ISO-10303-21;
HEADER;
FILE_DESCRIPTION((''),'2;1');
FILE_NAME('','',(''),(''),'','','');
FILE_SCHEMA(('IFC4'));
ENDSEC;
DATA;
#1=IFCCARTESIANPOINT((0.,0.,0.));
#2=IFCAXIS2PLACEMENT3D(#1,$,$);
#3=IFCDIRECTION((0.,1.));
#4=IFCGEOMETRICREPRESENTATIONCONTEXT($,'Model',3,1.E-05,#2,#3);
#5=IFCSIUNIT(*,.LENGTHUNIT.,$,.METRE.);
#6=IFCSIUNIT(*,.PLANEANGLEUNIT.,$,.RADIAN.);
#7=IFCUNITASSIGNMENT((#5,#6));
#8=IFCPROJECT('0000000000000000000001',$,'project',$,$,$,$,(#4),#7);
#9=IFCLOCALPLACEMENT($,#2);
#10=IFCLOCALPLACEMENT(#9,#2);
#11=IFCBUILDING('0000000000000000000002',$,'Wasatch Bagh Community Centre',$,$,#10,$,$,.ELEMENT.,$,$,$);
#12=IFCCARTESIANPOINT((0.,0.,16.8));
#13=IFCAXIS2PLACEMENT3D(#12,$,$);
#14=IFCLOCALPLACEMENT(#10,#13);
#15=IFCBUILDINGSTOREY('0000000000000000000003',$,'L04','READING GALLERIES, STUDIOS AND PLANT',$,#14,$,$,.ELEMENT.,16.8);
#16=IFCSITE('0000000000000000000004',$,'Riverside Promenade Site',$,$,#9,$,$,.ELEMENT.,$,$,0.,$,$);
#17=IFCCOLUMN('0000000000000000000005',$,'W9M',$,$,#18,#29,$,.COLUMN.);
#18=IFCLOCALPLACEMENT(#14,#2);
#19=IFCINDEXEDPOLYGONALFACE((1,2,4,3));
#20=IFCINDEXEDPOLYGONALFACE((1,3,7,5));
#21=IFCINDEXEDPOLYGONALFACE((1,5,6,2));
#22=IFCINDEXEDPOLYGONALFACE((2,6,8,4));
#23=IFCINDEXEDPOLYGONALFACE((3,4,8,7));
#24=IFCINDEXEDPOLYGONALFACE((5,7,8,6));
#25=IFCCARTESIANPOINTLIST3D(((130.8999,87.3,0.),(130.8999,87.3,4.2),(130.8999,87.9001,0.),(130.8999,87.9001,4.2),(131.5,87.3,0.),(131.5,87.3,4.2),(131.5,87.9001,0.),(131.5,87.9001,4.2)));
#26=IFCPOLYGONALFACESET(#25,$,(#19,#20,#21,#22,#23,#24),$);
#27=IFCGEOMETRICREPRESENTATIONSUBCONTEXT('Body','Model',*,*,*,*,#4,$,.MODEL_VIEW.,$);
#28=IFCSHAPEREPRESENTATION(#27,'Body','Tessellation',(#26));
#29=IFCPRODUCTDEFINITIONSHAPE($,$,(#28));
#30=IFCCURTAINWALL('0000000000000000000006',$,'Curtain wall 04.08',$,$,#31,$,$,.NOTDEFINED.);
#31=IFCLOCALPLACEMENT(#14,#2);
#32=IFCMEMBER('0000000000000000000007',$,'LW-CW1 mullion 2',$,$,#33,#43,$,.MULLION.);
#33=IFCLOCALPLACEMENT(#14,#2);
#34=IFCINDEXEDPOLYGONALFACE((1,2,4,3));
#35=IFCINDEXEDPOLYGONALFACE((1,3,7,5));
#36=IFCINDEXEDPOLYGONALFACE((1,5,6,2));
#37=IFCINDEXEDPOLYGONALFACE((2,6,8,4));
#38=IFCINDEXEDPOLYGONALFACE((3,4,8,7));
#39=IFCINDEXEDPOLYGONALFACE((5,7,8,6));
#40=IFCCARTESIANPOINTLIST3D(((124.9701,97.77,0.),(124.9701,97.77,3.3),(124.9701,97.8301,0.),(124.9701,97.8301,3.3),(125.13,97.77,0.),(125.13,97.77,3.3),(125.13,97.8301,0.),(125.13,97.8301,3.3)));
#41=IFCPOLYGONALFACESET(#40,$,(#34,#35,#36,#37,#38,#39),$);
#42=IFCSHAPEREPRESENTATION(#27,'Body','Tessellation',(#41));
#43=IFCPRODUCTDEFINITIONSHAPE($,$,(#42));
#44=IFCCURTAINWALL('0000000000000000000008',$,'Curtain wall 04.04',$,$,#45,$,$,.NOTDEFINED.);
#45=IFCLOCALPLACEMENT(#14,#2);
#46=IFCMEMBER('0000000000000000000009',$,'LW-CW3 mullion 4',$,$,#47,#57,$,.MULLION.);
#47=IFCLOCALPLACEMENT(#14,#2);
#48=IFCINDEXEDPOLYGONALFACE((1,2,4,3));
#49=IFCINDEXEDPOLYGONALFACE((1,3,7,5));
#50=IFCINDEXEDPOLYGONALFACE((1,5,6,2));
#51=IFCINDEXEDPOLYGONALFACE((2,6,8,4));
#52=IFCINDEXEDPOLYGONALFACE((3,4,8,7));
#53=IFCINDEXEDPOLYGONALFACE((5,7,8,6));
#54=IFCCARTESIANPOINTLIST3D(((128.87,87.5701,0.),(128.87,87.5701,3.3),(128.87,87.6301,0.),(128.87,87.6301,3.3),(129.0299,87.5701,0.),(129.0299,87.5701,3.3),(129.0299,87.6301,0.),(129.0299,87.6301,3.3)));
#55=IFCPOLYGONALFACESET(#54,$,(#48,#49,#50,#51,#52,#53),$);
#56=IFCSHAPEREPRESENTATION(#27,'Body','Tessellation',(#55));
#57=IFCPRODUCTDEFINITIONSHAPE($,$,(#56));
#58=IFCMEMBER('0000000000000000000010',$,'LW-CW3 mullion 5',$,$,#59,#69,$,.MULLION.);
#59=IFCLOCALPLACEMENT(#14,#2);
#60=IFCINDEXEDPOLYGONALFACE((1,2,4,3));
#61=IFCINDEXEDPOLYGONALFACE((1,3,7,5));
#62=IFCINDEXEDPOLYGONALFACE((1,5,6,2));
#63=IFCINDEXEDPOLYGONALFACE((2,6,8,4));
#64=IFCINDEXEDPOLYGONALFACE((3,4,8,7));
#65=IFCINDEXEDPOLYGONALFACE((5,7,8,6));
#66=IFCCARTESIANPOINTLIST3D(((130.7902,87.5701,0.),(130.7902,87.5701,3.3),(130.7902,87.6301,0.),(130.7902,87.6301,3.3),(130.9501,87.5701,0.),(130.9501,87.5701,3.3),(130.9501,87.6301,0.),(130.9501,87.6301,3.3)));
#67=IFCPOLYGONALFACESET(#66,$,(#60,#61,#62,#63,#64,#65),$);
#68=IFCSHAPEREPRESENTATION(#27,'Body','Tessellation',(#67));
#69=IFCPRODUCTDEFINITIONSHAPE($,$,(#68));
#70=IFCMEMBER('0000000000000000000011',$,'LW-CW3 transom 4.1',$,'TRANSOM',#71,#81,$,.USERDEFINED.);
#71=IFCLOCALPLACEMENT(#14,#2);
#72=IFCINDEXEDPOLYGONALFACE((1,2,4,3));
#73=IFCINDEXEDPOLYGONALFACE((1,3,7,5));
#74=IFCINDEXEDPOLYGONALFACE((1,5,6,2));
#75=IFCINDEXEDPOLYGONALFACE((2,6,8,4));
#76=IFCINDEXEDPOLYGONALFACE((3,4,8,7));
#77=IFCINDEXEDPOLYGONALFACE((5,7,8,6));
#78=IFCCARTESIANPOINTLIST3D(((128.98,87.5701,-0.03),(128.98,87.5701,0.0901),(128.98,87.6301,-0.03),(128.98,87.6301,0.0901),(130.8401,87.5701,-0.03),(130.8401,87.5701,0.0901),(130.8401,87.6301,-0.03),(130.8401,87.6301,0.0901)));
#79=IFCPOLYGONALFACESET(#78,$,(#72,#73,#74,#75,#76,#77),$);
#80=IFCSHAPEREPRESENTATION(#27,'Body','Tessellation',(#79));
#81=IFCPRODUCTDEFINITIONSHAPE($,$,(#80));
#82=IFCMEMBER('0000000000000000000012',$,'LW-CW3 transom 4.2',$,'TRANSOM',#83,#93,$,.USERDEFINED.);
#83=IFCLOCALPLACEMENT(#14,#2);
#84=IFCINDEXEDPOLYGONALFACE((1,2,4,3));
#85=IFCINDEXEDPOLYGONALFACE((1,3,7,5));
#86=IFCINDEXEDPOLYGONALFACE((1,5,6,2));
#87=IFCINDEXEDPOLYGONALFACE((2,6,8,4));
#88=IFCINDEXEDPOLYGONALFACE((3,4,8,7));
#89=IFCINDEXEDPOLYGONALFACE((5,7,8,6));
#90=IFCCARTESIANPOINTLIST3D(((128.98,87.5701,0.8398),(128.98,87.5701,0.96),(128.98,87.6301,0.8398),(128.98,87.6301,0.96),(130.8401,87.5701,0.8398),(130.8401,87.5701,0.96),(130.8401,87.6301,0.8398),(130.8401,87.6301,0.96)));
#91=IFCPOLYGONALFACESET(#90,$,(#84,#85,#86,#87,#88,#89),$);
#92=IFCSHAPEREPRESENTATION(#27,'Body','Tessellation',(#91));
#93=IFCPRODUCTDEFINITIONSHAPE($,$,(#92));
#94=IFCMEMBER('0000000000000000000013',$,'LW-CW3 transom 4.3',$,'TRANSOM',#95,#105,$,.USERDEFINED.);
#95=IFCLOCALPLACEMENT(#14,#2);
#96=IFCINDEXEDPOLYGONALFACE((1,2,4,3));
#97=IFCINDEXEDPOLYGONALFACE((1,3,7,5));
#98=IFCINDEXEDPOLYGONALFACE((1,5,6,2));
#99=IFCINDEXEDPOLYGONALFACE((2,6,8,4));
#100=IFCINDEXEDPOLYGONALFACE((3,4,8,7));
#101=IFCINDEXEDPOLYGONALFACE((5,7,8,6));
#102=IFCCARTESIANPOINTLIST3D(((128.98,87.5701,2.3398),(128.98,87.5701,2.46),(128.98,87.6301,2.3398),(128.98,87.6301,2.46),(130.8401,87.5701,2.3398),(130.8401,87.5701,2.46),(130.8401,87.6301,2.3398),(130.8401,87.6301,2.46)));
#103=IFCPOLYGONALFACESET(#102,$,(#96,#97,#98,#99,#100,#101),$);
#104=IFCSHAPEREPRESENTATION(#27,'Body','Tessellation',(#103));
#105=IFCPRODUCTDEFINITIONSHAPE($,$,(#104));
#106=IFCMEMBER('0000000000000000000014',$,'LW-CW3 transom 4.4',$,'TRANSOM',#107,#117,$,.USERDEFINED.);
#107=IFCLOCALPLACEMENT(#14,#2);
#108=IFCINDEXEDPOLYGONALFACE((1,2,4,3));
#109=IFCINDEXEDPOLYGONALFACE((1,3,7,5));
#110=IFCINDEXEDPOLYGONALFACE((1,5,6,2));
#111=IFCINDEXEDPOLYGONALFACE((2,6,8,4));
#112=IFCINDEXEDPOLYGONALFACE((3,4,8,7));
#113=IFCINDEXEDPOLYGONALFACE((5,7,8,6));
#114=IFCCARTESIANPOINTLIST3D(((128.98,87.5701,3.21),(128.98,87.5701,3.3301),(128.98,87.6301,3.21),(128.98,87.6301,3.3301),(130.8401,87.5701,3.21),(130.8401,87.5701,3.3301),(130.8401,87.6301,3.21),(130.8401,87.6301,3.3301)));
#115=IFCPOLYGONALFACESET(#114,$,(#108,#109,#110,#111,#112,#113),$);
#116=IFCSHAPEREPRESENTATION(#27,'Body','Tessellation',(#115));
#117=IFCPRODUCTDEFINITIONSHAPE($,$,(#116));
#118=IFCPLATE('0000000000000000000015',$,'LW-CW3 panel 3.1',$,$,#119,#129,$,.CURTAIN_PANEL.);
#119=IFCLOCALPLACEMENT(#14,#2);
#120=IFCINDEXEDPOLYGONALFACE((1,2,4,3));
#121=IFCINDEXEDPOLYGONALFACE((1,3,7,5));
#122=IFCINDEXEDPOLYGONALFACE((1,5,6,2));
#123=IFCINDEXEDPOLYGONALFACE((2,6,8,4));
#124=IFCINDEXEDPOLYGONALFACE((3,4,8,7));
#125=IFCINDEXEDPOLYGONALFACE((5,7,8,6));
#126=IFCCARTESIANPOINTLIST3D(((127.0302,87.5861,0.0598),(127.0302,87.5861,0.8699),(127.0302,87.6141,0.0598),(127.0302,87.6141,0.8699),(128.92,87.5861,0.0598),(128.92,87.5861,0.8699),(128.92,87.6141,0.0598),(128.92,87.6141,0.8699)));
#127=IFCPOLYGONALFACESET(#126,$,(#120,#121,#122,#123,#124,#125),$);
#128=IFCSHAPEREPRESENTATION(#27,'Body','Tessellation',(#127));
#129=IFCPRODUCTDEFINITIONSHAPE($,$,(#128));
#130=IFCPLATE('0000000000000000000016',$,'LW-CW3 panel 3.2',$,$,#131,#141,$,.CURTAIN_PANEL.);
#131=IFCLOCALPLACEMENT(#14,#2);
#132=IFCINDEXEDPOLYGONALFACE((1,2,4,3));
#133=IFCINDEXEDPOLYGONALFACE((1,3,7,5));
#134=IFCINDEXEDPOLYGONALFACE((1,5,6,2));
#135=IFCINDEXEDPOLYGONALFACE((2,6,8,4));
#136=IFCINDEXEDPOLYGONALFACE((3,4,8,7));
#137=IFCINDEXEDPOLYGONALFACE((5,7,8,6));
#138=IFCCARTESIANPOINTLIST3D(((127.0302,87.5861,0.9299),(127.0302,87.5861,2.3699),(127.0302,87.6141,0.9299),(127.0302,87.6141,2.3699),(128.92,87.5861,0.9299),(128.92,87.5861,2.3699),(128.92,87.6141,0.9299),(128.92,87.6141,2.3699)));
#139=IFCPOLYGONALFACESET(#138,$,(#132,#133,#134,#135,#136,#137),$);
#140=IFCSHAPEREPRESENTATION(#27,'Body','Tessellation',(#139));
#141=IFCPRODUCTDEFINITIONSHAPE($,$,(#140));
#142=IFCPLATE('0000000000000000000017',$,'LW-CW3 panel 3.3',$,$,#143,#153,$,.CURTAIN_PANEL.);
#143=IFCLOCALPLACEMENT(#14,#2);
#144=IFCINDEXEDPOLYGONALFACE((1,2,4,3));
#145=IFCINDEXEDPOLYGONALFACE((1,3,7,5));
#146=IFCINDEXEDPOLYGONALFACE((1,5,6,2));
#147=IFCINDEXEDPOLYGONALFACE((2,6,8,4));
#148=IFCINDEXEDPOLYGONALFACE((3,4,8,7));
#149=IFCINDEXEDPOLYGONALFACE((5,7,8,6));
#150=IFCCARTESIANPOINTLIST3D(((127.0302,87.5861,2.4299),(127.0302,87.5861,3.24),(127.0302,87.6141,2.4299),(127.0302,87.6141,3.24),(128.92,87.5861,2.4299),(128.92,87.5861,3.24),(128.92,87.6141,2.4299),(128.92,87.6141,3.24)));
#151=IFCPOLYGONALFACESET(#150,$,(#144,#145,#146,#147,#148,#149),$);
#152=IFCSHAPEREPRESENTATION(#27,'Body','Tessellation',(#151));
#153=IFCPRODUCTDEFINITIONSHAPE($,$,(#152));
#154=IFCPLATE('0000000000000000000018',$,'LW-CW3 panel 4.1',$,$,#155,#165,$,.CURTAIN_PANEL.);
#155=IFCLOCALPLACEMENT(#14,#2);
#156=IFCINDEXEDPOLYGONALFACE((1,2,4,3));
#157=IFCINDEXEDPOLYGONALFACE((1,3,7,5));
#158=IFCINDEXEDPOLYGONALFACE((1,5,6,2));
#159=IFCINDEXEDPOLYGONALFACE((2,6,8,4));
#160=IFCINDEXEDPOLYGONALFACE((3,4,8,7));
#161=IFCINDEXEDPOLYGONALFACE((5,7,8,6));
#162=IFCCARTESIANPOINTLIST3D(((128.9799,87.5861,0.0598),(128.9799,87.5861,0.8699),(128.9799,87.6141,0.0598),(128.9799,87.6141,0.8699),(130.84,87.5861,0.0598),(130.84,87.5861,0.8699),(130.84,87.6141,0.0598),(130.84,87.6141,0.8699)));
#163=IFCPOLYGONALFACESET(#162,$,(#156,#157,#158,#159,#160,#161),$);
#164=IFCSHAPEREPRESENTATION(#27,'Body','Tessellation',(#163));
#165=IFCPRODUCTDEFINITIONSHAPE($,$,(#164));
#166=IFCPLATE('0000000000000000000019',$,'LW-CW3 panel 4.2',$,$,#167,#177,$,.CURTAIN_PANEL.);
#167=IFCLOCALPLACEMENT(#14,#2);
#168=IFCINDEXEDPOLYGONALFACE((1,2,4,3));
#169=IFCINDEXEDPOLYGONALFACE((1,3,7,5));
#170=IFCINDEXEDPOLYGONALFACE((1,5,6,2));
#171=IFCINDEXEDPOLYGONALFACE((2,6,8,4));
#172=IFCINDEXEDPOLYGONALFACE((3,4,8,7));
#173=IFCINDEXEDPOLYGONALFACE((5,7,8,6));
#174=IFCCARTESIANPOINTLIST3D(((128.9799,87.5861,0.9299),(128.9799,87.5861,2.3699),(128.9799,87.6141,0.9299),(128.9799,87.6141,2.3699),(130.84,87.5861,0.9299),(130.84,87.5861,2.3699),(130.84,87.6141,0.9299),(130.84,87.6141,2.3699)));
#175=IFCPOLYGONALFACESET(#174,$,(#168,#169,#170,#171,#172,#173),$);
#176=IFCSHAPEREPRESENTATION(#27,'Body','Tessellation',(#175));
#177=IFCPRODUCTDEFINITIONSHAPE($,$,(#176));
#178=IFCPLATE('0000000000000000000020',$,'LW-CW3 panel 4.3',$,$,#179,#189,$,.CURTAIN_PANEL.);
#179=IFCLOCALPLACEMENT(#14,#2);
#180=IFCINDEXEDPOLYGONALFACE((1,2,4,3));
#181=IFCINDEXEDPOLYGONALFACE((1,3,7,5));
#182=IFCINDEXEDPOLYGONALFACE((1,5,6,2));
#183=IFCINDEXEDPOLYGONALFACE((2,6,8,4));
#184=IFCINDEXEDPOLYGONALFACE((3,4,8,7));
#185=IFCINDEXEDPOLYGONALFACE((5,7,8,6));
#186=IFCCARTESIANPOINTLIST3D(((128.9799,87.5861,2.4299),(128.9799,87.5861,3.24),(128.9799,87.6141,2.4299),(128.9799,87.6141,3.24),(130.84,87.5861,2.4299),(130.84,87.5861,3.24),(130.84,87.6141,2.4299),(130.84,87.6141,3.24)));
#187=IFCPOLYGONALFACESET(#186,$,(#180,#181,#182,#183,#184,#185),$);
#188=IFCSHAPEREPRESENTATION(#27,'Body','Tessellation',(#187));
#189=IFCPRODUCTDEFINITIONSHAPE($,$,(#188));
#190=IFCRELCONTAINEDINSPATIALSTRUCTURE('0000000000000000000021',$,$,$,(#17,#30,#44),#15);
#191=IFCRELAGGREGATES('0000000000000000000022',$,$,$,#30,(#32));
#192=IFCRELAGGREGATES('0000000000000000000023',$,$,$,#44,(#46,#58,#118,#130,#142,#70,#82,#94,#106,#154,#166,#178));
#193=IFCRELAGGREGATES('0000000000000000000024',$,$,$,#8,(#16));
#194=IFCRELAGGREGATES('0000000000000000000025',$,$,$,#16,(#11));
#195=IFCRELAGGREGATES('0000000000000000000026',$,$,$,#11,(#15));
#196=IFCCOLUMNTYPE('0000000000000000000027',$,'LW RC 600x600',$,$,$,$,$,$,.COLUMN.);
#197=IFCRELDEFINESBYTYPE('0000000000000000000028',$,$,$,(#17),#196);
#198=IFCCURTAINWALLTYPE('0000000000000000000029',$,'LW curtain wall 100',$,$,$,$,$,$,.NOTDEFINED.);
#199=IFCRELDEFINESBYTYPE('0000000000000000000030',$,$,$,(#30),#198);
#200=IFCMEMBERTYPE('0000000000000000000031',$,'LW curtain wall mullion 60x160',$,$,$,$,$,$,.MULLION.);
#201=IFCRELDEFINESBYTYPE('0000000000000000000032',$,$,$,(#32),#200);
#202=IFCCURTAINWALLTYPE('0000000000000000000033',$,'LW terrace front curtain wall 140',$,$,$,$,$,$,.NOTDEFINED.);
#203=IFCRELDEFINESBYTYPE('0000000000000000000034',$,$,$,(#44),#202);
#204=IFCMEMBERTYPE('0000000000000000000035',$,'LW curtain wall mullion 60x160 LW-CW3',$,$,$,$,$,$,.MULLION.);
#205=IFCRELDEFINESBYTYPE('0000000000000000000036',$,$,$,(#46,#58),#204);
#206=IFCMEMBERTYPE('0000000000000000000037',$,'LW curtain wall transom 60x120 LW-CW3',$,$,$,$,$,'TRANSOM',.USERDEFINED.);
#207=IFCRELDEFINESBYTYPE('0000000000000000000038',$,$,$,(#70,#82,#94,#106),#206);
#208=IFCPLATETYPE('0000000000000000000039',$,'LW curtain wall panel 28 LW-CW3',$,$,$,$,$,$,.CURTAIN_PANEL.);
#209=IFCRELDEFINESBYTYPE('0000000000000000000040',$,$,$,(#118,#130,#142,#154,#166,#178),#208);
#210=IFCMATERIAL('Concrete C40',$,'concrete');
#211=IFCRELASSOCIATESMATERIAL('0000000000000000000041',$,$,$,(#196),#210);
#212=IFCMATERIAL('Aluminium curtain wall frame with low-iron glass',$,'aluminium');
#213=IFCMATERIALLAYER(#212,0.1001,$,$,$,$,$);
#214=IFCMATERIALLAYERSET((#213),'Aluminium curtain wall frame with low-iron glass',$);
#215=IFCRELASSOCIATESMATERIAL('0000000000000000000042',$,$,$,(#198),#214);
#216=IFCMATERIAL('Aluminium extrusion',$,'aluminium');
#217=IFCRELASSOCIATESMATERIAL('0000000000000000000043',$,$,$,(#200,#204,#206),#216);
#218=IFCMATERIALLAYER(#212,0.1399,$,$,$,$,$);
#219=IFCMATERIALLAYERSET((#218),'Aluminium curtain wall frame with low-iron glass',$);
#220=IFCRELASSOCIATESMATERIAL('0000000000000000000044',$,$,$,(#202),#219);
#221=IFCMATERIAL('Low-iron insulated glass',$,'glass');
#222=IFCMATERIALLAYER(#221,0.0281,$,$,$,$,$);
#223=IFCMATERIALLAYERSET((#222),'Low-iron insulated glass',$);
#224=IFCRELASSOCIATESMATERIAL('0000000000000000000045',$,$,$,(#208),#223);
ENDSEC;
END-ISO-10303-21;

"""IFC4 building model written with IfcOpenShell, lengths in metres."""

from ifc_helpers import new_model, si_unit, direction, frame, origin, origin_2d, place, context, subcontext, project, spatial, rectangle, extrude, material, layer, layer_set, material_profile, profile_set, type_object, element, aggregate, save


model = new_model("IFC4")

# Units and contexts
model_context = context("Model", 3, precision=1e-05, world=origin(), true_north=direction((0.0, 1.0)))
body_context = subcontext(model_context, "Body", "Model", "MODEL_VIEW")
ifc_project = project(units=[si_unit("LENGTHUNIT", "METRE"), si_unit("PLANEANGLEUNIT", "RADIAN")], contexts=[model_context])

# Site, building, storey
site_placement = place(None, origin())
site = spatial("IfcSite", under=ifc_project, at=site_placement, Name="Riverside Promenade Site", CompositionType="ELEMENT", RefElevation=0.0)
building_placement = place(site_placement, origin())
building = spatial("IfcBuilding", under=site, at=building_placement, Name="Wasatch Bagh Community Centre", CompositionType="ELEMENT")
storey_placement = place(building_placement, frame((0.0, 0.0, 16.8)))
storey = spatial("IfcBuildingStorey", under=building, at=storey_placement, Name="L04", Description="READING GALLERIES, STUDIOS AND PLANT", CompositionType="ELEMENT", Elevation=16.8)

# Column
ifc_material_1 = material(Name="Concrete C40", Category="concrete")
ifc_material_profile_1 = material_profile(ifc_material_1, rectangle(XDim=0.6001, YDim=0.6001, at=origin_2d()), Name="RC 600x600")
ifc_profile_set_1 = profile_set([ifc_material_profile_1], Name="Concrete C40")
column_type = type_object("IfcColumnType", Name="LW RC 600x600", PredefinedType="COLUMN", material=ifc_profile_set_1)
column_placement = place(storey_placement, frame((131.2, 87.6001, 0.0), z_axis=(0.0, 0.0, 1.0), x_axis=(1.0, 0.0, 0.0)))
element("IfcColumn", 1, at=column_placement, inside=storey, type_object=column_type, Name="W9M", PredefinedType="COLUMN", context=body_context, shape_type="SweptSolid", body=[
    extrude(rectangle(XDim=0.6001, YDim=0.6001, at=origin_2d()), origin(), (0.0, 0.0, 1.0), 4.2),
])

# Curtain wall, member
ifc_material_2 = material(Name="Aluminium curtain wall frame with low-iron glass", Category="aluminium")
ifc_layer_1 = layer(ifc_material_2, 0.1001)
ifc_layer_set_1 = layer_set([ifc_layer_1], Name="Aluminium curtain wall frame with low-iron glass")
curtain_wall_type_1 = type_object("IfcCurtainWallType", Name="LW curtain wall 100", PredefinedType="NOTDEFINED", material=ifc_layer_set_1)
curtain_wall_1_placement = place(storey_placement, origin())
curtain_wall_1 = element("IfcCurtainWall", 2, at=curtain_wall_1_placement, inside=storey, type_object=curtain_wall_type_1, Name="Curtain wall 04.08", PredefinedType="NOTDEFINED")
ifc_material_3 = material(Name="Aluminium extrusion", Category="aluminium")
ifc_material_profile_2 = material_profile(ifc_material_3, rectangle(XDim=0.0601, YDim=0.1599, at=origin_2d()), Name="AL 60x160")
ifc_profile_set_2 = profile_set([ifc_material_profile_2], Name="Aluminium extrusion")
member_type_1 = type_object("IfcMemberType", Name="LW curtain wall mullion 60x160", PredefinedType="MULLION", material=ifc_profile_set_2)
member_1_placement = place(storey_placement, frame((125.05, 97.8, 0.0), z_axis=(0.0, 0.0, 1.0), x_axis=(0.0, 1.0, 0.0)))
member_1 = element("IfcMember", 3, at=member_1_placement, type_object=member_type_1, Name="LW-CW1 mullion 2", PredefinedType="MULLION", context=body_context, shape_type="SweptSolid", body=[
    extrude(rectangle(XDim=0.0601, YDim=0.1599, at=origin_2d()), origin(), (0.0, 0.0, 1.0), 3.3),
])
aggregate(curtain_wall_1, [member_1])

# Curtain wall, members, plates
ifc_layer_2 = layer(ifc_material_2, 0.1399)
ifc_layer_set_2 = layer_set([ifc_layer_2], Name="Aluminium curtain wall frame with low-iron glass")
curtain_wall_type_2 = type_object("IfcCurtainWallType", Name="LW terrace front curtain wall 140", PredefinedType="NOTDEFINED", material=ifc_layer_set_2)
curtain_wall_2_placement = place(storey_placement, origin())
curtain_wall_2 = element("IfcCurtainWall", 4, at=curtain_wall_2_placement, inside=storey, type_object=curtain_wall_type_2, Name="Curtain wall 04.04", PredefinedType="NOTDEFINED")
ifc_material_profile_3 = material_profile(ifc_material_3, rectangle(XDim=0.0601, YDim=0.1599, at=origin_2d()), Name="AL 60x160")
ifc_profile_set_3 = profile_set([ifc_material_profile_3], Name="Aluminium extrusion")
member_type_2 = type_object("IfcMemberType", Name="LW curtain wall mullion 60x160 LW-CW3", PredefinedType="MULLION", material=ifc_profile_set_3)
member_2_placement = place(storey_placement, frame((128.95, 87.6001, 0.0), z_axis=(0.0, 0.0, 1.0), x_axis=(0.0, 1.0, 0.0)))
member_2 = element("IfcMember", 5, at=member_2_placement, type_object=member_type_2, Name="LW-CW3 mullion 4", PredefinedType="MULLION", context=body_context, shape_type="SweptSolid", body=[
    extrude(rectangle(XDim=0.0601, YDim=0.1599, at=origin_2d()), origin(), (0.0, 0.0, 1.0), 3.3),
])
member_3_placement = place(storey_placement, frame((130.8701, 87.6001, 0.0), z_axis=(0.0, 0.0, 1.0), x_axis=(0.0, 1.0, 0.0)))
member_3 = element("IfcMember", 6, at=member_3_placement, type_object=member_type_2, Name="LW-CW3 mullion 5", PredefinedType="MULLION", context=body_context, shape_type="SweptSolid", body=[
    extrude(rectangle(XDim=0.0601, YDim=0.1599, at=origin_2d()), origin(), (0.0, 0.0, 1.0), 3.3),
])
ifc_material_profile_4 = material_profile(ifc_material_3, rectangle(XDim=0.0601, YDim=0.1201, at=origin_2d()), Name="AL 60x120")
ifc_profile_set_4 = profile_set([ifc_material_profile_4], Name="Aluminium extrusion")
member_type_3 = type_object("IfcMemberType", Name="LW curtain wall transom 60x120 LW-CW3", ElementType="TRANSOM", PredefinedType="USERDEFINED", material=ifc_profile_set_4)
member_4_placement = place(storey_placement, frame((128.98, 87.6001, 0.03), z_axis=(1.0, 0.0, 0.0), x_axis=(0.0, 1.0, 0.0)))
member_4 = element("IfcMember", 7, at=member_4_placement, type_object=member_type_3, Name="LW-CW3 transom 4.1", ObjectType="TRANSOM", PredefinedType="USERDEFINED", context=body_context, shape_type="SweptSolid", body=[
    extrude(rectangle(XDim=0.0601, YDim=0.1201, at=origin_2d()), origin(), (0.0, 0.0, 1.0), 1.8601),
])
member_5_placement = place(storey_placement, frame((128.98, 87.6001, 0.8999), z_axis=(1.0, 0.0, 0.0), x_axis=(0.0, 1.0, 0.0)))
member_5 = element("IfcMember", 8, at=member_5_placement, type_object=member_type_3, Name="LW-CW3 transom 4.2", ObjectType="TRANSOM", PredefinedType="USERDEFINED", context=body_context, shape_type="SweptSolid", body=[
    extrude(rectangle(XDim=0.0601, YDim=0.1201, at=origin_2d()), origin(), (0.0, 0.0, 1.0), 1.8601),
])
member_6_placement = place(storey_placement, frame((128.98, 87.6001, 2.3999), z_axis=(1.0, 0.0, 0.0), x_axis=(0.0, 1.0, 0.0)))
member_6 = element("IfcMember", 9, at=member_6_placement, type_object=member_type_3, Name="LW-CW3 transom 4.3", ObjectType="TRANSOM", PredefinedType="USERDEFINED", context=body_context, shape_type="SweptSolid", body=[
    extrude(rectangle(XDim=0.0601, YDim=0.1201, at=origin_2d()), origin(), (0.0, 0.0, 1.0), 1.8601),
])
member_7_placement = place(storey_placement, frame((128.98, 87.6001, 3.27), z_axis=(1.0, 0.0, 0.0), x_axis=(0.0, 1.0, 0.0)))
member_7 = element("IfcMember", 10, at=member_7_placement, type_object=member_type_3, Name="LW-CW3 transom 4.4", ObjectType="TRANSOM", PredefinedType="USERDEFINED", context=body_context, shape_type="SweptSolid", body=[
    extrude(rectangle(XDim=0.0601, YDim=0.1201, at=origin_2d()), origin(), (0.0, 0.0, 1.0), 1.8601),
])
ifc_material_4 = material(Name="Low-iron insulated glass", Category="glass")
ifc_layer_3 = layer(ifc_material_4, 0.0281)
ifc_layer_set_3 = layer_set([ifc_layer_3], Name="Low-iron insulated glass")
plate_type_1 = type_object("IfcPlateType", Name="LW curtain wall panel 28 LW-CW3", PredefinedType="CURTAIN_PANEL", material=ifc_layer_set_3)
plate_1_placement = place(storey_placement, frame((127.9751, 87.6001, 0.0598), z_axis=(0.0, 0.0, 1.0), x_axis=(1.0, 0.0, 0.0)))
plate_1 = element("IfcPlate", 11, at=plate_1_placement, type_object=plate_type_1, Name="LW-CW3 panel 3.1", PredefinedType="CURTAIN_PANEL", context=body_context, shape_type="SweptSolid", body=[
    extrude(rectangle(XDim=1.8899, YDim=0.0281, at=origin_2d()), origin(), (0.0, 0.0, 1.0), 0.8101),
])
plate_2_placement = place(storey_placement, frame((127.9751, 87.6001, 0.9299), z_axis=(0.0, 0.0, 1.0), x_axis=(1.0, 0.0, 0.0)))
plate_2 = element("IfcPlate", 12, at=plate_2_placement, type_object=plate_type_1, Name="LW-CW3 panel 3.2", PredefinedType="CURTAIN_PANEL", context=body_context, shape_type="SweptSolid", body=[
    extrude(rectangle(XDim=1.8899, YDim=0.0281, at=origin_2d()), origin(), (0.0, 0.0, 1.0), 1.4399),
])
plate_3_placement = place(storey_placement, frame((127.9751, 87.6001, 2.4299), z_axis=(0.0, 0.0, 1.0), x_axis=(1.0, 0.0, 0.0)))
plate_3 = element("IfcPlate", 13, at=plate_3_placement, type_object=plate_type_1, Name="LW-CW3 panel 3.3", PredefinedType="CURTAIN_PANEL", context=body_context, shape_type="SweptSolid", body=[
    extrude(rectangle(XDim=1.8899, YDim=0.0281, at=origin_2d()), origin(), (0.0, 0.0, 1.0), 0.8101),
])
plate_4_placement = place(storey_placement, frame((129.9099, 87.6001, 0.0598), z_axis=(0.0, 0.0, 1.0), x_axis=(1.0, 0.0, 0.0)))
plate_4 = element("IfcPlate", 14, at=plate_4_placement, type_object=plate_type_1, Name="LW-CW3 panel 4.1", PredefinedType="CURTAIN_PANEL", context=body_context, shape_type="SweptSolid", body=[
    extrude(rectangle(XDim=1.8601, YDim=0.0281, at=origin_2d()), origin(), (0.0, 0.0, 1.0), 0.8101),
])
plate_5_placement = place(storey_placement, frame((129.9099, 87.6001, 0.9299), z_axis=(0.0, 0.0, 1.0), x_axis=(1.0, 0.0, 0.0)))
plate_5 = element("IfcPlate", 15, at=plate_5_placement, type_object=plate_type_1, Name="LW-CW3 panel 4.2", PredefinedType="CURTAIN_PANEL", context=body_context, shape_type="SweptSolid", body=[
    extrude(rectangle(XDim=1.8601, YDim=0.0281, at=origin_2d()), origin(), (0.0, 0.0, 1.0), 1.4399),
])
plate_6_placement = place(storey_placement, frame((129.9099, 87.6001, 2.4299), z_axis=(0.0, 0.0, 1.0), x_axis=(1.0, 0.0, 0.0)))
plate_6 = element("IfcPlate", 16, at=plate_6_placement, type_object=plate_type_1, Name="LW-CW3 panel 4.3", PredefinedType="CURTAIN_PANEL", context=body_context, shape_type="SweptSolid", body=[
    extrude(rectangle(XDim=1.8601, YDim=0.0281, at=origin_2d()), origin(), (0.0, 0.0, 1.0), 0.8101),
])
aggregate(curtain_wall_2, [member_2, member_3, plate_1, plate_2, plate_3, member_4, member_5, member_6, member_7, plate_4, plate_5, plate_6])

save(model, "model.ifc")
